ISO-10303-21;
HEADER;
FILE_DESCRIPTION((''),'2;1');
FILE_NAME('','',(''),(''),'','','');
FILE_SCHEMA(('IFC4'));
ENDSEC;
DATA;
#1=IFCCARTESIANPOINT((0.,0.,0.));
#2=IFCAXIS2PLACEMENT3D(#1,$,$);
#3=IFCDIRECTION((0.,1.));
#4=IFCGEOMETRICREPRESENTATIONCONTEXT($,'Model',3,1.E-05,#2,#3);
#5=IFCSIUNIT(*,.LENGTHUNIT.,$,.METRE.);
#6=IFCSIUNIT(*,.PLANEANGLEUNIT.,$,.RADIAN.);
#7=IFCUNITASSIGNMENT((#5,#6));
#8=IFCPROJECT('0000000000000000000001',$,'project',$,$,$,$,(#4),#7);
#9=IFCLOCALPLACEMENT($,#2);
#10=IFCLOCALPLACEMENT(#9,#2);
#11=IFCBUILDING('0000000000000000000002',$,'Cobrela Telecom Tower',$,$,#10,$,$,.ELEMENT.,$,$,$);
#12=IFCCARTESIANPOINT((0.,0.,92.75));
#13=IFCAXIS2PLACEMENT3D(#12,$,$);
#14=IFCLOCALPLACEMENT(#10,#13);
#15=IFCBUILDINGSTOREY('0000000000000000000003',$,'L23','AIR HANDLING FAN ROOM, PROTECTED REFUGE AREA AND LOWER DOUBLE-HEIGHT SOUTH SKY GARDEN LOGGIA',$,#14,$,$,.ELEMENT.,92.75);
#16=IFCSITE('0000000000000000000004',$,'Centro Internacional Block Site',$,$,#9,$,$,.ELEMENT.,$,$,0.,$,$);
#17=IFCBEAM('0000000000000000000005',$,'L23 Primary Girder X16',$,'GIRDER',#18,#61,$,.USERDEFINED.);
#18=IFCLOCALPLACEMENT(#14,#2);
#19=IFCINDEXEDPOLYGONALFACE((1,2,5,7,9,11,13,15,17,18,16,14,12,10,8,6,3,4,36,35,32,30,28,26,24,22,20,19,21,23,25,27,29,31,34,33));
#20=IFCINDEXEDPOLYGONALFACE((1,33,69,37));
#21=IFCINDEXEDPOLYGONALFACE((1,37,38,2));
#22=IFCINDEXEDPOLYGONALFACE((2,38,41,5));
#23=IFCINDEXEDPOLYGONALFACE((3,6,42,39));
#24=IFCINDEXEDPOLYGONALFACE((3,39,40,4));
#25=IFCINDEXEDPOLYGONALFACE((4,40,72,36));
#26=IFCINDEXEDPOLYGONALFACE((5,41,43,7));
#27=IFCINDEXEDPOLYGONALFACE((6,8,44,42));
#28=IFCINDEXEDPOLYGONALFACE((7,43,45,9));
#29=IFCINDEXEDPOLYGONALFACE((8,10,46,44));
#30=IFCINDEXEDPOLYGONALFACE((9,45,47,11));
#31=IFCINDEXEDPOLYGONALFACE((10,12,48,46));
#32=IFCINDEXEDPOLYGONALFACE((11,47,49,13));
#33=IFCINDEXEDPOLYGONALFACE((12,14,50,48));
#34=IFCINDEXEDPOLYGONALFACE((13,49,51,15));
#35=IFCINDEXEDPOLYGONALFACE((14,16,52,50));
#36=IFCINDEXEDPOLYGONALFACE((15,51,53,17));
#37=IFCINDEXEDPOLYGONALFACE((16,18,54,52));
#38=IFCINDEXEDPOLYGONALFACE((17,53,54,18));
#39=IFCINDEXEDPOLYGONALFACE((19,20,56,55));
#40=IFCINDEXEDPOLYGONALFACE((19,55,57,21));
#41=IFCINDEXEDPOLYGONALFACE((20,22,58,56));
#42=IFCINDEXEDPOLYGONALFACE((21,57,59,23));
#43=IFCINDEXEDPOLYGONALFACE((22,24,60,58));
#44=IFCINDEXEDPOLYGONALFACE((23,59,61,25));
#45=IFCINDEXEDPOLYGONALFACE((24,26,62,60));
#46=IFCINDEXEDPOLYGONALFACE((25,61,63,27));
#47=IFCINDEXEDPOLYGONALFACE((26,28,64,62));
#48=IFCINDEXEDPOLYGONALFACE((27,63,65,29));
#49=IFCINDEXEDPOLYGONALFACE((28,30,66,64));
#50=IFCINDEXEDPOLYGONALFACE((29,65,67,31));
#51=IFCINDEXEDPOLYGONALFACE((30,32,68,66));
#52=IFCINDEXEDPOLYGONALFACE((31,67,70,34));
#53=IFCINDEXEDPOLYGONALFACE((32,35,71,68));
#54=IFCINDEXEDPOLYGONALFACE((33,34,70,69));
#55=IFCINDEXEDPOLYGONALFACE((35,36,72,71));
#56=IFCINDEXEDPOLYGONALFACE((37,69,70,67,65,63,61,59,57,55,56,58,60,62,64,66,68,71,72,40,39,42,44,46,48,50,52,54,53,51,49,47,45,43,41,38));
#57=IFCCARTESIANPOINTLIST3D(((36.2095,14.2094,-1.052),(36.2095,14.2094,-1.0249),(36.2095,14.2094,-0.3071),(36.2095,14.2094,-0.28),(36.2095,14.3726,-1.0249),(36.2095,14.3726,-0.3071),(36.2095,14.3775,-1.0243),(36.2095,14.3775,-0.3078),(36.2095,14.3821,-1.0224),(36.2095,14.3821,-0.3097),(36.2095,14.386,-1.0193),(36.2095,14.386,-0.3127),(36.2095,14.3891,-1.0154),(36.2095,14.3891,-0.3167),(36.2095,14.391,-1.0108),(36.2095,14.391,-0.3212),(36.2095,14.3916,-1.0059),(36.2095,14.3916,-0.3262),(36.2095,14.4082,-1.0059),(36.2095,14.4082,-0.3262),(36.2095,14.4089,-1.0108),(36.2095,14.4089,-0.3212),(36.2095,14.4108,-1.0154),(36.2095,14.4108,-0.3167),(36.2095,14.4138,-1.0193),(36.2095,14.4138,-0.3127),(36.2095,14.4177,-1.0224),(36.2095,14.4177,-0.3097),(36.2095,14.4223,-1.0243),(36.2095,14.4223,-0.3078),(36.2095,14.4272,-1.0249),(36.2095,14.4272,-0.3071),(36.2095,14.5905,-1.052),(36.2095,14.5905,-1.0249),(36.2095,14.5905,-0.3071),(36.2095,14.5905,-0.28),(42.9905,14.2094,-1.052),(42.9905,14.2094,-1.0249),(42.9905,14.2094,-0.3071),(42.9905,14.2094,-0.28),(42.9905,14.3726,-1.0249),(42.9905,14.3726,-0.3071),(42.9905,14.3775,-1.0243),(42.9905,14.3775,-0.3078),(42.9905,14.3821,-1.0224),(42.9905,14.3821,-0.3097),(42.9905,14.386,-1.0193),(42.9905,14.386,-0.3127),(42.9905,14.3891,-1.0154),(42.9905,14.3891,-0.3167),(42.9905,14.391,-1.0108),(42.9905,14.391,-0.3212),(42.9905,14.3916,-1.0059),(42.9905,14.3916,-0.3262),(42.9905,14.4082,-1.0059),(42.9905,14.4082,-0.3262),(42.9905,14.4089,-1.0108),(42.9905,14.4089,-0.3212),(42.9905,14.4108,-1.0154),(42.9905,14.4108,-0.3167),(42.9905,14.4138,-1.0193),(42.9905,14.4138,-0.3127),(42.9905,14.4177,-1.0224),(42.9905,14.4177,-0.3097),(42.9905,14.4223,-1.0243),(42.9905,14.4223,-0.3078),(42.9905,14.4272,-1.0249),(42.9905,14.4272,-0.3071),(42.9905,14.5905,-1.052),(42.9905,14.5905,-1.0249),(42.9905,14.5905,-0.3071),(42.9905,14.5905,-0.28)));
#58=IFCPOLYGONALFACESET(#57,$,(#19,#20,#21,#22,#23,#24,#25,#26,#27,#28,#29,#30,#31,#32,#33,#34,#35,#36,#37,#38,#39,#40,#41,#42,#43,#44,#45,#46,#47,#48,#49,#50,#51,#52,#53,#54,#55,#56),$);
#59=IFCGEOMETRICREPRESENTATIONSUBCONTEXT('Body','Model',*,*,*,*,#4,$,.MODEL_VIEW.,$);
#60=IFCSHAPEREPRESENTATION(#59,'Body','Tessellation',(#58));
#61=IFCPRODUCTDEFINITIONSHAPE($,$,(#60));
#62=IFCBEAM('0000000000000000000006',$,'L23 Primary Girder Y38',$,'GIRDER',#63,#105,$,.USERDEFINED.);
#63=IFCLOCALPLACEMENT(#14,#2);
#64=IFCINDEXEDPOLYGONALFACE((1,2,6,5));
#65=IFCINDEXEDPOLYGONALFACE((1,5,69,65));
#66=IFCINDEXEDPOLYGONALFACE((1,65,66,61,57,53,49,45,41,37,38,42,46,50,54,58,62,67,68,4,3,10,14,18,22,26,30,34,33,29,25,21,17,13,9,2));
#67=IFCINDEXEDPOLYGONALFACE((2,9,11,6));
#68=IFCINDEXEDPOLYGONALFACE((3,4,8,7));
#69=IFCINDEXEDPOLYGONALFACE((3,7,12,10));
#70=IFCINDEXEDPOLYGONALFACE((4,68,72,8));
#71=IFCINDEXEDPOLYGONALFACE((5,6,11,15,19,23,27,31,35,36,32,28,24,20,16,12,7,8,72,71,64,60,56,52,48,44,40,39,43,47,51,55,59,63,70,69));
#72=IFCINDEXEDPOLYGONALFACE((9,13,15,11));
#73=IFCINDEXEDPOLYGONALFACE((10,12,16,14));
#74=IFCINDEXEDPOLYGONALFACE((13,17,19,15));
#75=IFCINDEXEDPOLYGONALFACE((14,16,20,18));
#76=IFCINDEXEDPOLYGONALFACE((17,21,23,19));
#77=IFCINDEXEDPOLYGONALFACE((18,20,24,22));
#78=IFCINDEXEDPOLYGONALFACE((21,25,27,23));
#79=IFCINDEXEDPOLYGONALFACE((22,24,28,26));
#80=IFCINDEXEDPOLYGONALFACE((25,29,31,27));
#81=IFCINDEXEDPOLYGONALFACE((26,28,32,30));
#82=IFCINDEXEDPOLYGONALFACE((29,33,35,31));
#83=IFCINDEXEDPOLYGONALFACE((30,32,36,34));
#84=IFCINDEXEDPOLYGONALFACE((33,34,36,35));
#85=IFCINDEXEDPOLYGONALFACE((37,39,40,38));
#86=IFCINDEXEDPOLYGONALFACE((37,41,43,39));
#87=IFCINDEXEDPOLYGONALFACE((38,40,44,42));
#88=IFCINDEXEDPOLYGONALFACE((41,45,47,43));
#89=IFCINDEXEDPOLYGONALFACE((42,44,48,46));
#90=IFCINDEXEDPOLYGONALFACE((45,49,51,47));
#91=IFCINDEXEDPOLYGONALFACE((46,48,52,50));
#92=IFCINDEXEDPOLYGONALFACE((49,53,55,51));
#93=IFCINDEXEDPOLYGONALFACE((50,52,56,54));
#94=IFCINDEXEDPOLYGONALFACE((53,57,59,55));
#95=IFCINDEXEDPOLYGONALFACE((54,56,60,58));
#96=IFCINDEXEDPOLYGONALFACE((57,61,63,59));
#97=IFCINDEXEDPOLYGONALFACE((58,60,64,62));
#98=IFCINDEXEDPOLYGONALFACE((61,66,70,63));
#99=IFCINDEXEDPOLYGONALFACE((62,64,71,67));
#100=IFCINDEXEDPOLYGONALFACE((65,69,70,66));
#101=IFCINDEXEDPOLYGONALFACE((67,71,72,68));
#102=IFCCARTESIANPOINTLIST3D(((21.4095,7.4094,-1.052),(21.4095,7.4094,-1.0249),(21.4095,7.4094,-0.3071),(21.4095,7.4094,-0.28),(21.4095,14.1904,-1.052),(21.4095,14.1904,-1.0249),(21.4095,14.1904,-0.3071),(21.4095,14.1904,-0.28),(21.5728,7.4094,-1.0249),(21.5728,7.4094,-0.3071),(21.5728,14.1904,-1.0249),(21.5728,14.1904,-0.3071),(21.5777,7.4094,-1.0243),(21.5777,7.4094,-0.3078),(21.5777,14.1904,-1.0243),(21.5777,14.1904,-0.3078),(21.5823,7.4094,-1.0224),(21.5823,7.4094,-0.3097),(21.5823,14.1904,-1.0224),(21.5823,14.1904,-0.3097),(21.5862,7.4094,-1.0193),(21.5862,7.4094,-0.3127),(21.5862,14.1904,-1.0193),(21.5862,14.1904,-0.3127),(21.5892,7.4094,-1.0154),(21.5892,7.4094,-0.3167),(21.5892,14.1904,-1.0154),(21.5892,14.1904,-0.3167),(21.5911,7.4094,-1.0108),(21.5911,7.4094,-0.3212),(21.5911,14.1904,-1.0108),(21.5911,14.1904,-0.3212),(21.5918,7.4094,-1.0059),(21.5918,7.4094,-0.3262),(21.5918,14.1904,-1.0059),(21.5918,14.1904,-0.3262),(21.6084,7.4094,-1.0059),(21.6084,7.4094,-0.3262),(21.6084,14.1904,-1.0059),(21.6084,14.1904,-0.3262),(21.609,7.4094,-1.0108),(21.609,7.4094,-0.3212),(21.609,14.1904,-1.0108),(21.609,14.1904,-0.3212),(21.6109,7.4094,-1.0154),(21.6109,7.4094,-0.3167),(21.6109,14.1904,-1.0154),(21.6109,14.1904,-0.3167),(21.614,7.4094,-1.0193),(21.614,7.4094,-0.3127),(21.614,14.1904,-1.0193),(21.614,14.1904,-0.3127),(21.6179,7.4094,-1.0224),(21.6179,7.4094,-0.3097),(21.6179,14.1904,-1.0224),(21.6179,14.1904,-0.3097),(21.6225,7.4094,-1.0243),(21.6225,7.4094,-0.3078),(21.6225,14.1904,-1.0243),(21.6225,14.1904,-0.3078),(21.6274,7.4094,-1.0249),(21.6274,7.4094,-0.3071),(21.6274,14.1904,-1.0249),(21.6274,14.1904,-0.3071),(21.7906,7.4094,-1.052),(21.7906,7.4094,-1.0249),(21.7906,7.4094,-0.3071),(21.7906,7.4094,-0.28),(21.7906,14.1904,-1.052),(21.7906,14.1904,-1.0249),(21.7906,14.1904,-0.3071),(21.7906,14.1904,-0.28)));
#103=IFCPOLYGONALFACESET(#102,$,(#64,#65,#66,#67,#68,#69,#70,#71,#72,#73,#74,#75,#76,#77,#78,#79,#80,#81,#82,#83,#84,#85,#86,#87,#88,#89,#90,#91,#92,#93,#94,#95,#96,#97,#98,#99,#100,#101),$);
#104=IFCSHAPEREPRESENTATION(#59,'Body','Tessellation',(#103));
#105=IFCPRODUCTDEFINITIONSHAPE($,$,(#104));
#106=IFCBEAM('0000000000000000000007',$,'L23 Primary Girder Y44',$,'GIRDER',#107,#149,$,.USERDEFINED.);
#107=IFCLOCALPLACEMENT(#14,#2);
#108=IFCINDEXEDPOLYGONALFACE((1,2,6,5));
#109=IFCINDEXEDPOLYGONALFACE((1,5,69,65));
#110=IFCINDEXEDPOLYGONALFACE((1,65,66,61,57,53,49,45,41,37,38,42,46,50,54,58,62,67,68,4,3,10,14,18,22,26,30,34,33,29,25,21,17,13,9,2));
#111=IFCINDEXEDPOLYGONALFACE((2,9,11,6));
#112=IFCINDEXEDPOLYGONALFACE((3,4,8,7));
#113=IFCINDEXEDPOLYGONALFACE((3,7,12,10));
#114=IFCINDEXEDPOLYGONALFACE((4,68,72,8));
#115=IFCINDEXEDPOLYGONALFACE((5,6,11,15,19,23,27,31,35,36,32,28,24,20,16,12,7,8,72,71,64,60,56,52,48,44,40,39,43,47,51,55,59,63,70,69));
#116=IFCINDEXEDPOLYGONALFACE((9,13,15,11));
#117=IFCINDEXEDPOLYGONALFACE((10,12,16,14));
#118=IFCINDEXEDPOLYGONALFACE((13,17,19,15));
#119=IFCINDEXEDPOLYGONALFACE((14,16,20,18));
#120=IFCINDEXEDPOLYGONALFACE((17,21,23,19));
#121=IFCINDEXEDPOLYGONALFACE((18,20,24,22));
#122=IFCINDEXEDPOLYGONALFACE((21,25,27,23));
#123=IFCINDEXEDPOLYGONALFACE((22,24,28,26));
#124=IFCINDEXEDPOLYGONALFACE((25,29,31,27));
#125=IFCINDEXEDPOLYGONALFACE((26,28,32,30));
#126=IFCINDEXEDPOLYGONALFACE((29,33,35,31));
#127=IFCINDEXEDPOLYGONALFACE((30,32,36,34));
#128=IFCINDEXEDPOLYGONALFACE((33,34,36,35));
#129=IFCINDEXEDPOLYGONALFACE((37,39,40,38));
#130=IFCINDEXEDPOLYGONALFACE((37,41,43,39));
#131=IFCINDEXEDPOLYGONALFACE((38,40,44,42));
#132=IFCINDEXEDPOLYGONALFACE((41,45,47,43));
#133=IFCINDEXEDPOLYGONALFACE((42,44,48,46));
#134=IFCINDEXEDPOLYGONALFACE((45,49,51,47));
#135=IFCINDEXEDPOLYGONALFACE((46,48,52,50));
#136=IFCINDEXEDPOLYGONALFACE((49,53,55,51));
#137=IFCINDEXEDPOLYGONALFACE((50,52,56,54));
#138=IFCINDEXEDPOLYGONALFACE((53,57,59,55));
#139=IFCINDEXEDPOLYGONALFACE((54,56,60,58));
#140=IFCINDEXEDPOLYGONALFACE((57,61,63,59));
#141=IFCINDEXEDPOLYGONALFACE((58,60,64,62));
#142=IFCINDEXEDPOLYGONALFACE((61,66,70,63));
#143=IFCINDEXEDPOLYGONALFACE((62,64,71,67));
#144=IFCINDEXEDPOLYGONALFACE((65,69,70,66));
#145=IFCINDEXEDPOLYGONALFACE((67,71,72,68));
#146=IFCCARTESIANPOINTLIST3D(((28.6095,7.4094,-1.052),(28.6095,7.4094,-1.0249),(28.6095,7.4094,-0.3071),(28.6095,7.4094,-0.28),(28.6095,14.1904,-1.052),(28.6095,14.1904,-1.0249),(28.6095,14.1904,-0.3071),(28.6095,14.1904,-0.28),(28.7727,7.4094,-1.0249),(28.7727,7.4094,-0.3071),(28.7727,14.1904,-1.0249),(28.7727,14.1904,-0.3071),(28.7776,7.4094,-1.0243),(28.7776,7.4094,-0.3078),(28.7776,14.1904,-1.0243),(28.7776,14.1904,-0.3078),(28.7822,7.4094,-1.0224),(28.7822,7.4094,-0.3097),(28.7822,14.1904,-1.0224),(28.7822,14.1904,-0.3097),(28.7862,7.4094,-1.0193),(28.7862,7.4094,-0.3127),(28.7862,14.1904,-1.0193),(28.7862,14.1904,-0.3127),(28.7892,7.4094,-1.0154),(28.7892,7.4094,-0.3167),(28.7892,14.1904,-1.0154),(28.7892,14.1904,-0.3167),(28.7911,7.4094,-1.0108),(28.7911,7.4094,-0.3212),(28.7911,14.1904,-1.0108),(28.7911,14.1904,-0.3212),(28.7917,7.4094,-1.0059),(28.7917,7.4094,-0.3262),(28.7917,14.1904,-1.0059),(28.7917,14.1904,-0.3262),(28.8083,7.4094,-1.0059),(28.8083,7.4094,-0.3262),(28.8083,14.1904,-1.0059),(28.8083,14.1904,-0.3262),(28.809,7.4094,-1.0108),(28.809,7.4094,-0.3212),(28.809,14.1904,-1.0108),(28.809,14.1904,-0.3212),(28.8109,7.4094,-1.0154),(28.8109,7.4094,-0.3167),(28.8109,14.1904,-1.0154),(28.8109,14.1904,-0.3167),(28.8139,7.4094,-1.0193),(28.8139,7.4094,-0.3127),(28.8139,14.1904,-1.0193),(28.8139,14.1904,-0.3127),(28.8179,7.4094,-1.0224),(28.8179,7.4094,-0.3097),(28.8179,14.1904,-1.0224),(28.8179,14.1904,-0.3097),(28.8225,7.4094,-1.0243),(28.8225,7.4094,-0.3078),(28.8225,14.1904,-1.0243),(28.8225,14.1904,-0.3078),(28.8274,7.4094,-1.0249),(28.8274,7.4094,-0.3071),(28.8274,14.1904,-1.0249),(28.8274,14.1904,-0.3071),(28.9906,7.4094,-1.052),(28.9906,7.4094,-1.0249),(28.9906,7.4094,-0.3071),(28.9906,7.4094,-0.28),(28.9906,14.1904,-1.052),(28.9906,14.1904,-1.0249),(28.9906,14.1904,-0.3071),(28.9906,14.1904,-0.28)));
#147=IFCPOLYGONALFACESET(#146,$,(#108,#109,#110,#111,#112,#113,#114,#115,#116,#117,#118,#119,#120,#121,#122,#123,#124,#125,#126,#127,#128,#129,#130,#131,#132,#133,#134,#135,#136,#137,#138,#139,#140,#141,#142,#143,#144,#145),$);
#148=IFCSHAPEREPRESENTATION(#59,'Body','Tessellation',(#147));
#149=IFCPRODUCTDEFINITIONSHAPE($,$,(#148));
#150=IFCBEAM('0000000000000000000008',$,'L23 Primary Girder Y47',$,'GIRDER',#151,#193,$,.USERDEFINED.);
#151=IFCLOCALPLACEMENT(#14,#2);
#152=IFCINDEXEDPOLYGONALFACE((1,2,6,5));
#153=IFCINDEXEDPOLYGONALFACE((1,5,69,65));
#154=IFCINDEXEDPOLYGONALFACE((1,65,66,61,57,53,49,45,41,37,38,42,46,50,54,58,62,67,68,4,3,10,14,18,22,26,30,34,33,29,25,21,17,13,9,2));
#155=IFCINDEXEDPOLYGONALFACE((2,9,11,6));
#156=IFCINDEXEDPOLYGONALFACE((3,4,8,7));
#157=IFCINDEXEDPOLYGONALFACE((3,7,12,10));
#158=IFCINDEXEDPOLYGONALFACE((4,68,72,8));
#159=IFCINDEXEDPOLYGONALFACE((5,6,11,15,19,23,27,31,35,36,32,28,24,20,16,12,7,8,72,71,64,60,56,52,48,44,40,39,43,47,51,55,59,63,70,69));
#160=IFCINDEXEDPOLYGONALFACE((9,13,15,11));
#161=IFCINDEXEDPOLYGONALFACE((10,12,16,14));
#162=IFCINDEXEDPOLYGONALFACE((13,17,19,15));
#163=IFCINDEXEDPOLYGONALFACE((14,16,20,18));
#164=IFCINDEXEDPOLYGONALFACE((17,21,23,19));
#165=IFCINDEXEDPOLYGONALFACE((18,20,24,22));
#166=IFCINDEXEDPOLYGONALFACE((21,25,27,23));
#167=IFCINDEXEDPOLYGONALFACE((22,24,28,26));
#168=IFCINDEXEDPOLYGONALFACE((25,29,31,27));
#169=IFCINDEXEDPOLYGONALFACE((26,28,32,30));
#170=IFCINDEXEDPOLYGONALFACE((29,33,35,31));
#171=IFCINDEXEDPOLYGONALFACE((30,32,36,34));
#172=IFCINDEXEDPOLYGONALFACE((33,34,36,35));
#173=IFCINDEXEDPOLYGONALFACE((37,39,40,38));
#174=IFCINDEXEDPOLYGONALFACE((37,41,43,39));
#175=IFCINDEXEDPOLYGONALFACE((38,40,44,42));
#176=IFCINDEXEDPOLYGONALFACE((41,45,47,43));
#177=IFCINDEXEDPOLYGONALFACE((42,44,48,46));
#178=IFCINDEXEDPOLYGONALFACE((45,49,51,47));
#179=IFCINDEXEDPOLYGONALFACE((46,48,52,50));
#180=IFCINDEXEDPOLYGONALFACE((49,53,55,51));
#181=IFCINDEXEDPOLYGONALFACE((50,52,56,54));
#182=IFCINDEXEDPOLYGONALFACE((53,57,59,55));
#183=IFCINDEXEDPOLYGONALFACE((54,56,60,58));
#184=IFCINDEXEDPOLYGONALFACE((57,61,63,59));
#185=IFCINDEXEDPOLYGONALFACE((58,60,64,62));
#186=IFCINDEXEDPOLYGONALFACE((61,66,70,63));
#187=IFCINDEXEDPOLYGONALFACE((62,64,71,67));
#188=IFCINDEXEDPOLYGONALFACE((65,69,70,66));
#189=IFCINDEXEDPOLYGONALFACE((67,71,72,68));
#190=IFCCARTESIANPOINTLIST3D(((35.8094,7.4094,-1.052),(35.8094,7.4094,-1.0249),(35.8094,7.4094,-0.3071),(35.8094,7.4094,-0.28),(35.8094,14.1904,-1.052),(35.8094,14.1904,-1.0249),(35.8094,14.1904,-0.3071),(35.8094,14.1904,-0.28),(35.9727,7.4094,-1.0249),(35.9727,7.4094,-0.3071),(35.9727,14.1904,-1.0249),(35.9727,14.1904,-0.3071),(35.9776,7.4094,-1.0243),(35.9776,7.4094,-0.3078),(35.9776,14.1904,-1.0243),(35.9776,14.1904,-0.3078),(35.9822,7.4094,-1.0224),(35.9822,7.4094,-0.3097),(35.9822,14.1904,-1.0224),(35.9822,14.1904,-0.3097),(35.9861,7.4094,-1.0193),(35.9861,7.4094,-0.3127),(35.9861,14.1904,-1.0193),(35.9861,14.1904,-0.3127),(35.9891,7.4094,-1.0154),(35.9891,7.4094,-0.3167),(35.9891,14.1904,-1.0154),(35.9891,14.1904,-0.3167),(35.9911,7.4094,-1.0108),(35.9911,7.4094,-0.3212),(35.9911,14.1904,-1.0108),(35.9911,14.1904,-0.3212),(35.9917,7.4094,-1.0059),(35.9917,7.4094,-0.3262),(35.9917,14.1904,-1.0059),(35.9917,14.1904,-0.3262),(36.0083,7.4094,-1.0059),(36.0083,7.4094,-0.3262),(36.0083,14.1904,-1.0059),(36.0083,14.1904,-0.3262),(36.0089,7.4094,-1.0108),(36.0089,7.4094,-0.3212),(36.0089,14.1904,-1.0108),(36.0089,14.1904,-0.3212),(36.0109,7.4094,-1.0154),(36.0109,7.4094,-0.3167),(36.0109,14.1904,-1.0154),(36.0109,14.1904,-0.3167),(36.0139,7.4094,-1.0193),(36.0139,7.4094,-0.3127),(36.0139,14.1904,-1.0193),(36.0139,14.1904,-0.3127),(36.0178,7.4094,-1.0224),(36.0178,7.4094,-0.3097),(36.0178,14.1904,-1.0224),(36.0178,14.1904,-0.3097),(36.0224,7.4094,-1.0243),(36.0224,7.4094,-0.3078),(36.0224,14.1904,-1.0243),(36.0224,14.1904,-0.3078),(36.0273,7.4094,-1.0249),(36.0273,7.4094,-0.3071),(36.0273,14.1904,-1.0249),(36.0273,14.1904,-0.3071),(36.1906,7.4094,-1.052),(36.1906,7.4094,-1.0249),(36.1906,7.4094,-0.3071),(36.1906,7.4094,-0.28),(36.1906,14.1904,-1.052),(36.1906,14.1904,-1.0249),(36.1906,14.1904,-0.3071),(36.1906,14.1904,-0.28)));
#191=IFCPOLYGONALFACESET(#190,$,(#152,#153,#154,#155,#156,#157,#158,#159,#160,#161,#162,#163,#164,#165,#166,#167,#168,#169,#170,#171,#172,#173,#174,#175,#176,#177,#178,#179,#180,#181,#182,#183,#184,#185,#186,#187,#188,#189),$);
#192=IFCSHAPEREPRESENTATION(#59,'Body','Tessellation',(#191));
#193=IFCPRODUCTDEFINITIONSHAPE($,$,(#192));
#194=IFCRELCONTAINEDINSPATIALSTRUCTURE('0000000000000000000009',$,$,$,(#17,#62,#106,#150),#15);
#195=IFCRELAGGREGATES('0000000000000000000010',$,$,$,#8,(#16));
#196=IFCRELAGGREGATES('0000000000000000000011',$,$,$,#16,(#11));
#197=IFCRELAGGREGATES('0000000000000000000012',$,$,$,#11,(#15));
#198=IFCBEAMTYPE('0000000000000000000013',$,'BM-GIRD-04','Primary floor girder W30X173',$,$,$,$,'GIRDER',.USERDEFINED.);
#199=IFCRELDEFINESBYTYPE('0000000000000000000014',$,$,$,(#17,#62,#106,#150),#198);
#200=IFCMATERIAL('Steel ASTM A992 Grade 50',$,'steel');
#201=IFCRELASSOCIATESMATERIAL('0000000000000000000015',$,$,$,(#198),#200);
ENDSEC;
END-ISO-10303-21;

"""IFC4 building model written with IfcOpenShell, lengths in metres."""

from ifc_helpers import new_model, si_unit, direction, frame, origin, origin_2d, place, context, subcontext, project, spatial, i_section, extrude, material, material_profile, profile_set, type_object, element, save


model = new_model("IFC4")

# Units and contexts
model_context = context("Model", 3, precision=1e-05, world=origin(), true_north=direction((0.0, 1.0)))
body_context = subcontext(model_context, "Body", "Model", "MODEL_VIEW")
ifc_project = project(units=[si_unit("LENGTHUNIT", "METRE"), si_unit("PLANEANGLEUNIT", "RADIAN")], contexts=[model_context])

# Site, building, storey
site_placement = place(None, origin())
site = spatial("IfcSite", under=ifc_project, at=site_placement, Name="Centro Internacional Block Site", CompositionType="ELEMENT", RefElevation=0.0)
building_placement = place(site_placement, origin())
building = spatial("IfcBuilding", under=site, at=building_placement, Name="Cobrela Telecom Tower", CompositionType="ELEMENT")
storey_placement = place(building_placement, frame((0.0, 0.0, 92.75)))
storey = spatial("IfcBuildingStorey", under=building, at=storey_placement, Name="L23", Description="AIR HANDLING FAN ROOM, PROTECTED REFUGE AREA AND LOWER DOUBLE-HEIGHT SOUTH SKY GARDEN LOGGIA", CompositionType="ELEMENT", Elevation=92.75)

# Shared definitions
ifc_material_1 = material(Name="Steel ASTM A992 Grade 50", Category="steel")

# Beams
ifc_material_profile_1 = material_profile(ifc_material_1, i_section(OverallWidth=0.3811, OverallDepth=0.772, WebThickness=0.0166, FlangeThickness=0.0271, FilletRadius=0.019, at=origin_2d()), Name="W30X173")
ifc_profile_set_1 = profile_set([ifc_material_profile_1], Name="Steel ASTM A992 Grade 50")
beam_type_1 = type_object("IfcBeamType", Name="BM-GIRD-04", Description="Primary floor girder W30X173", ElementType="GIRDER", PredefinedType="USERDEFINED", material=ifc_profile_set_1)
for number, where, z_axis, x_axis, name in (
    (1, (36.2095, 14.3999, -0.666), (1.0, 0.0, 0.0), (0.0, 1.0, 0.0), "L23 Primary Girder X16"),
    (2, (21.6001, 7.4094, -0.666), (0.0, 1.0, 0.0), (-1.0, 0.0, 0.0), "L23 Primary Girder Y38"),
    (3, (28.8, 7.4094, -0.666), (0.0, 1.0, 0.0), (-1.0, 0.0, 0.0), "L23 Primary Girder Y44"),
    (4, (36.0, 7.4094, -0.666), (0.0, 1.0, 0.0), (-1.0, 0.0, 0.0), "L23 Primary Girder Y47"),
):
    element("IfcBeam", number, at=place(storey_placement, frame(where, z_axis=z_axis, x_axis=x_axis)), inside=storey, type_object=beam_type_1, Name=name, ObjectType="GIRDER", PredefinedType="USERDEFINED", context=body_context, shape_type="SweptSolid", body=[
        extrude(i_section(OverallWidth=0.3811, OverallDepth=0.772, WebThickness=0.0166, FlangeThickness=0.0271, FilletRadius=0.019, at=origin_2d()), origin(), (0.0, 0.0, 1.0), 6.781),
    ])

save(model, "model.ifc")
